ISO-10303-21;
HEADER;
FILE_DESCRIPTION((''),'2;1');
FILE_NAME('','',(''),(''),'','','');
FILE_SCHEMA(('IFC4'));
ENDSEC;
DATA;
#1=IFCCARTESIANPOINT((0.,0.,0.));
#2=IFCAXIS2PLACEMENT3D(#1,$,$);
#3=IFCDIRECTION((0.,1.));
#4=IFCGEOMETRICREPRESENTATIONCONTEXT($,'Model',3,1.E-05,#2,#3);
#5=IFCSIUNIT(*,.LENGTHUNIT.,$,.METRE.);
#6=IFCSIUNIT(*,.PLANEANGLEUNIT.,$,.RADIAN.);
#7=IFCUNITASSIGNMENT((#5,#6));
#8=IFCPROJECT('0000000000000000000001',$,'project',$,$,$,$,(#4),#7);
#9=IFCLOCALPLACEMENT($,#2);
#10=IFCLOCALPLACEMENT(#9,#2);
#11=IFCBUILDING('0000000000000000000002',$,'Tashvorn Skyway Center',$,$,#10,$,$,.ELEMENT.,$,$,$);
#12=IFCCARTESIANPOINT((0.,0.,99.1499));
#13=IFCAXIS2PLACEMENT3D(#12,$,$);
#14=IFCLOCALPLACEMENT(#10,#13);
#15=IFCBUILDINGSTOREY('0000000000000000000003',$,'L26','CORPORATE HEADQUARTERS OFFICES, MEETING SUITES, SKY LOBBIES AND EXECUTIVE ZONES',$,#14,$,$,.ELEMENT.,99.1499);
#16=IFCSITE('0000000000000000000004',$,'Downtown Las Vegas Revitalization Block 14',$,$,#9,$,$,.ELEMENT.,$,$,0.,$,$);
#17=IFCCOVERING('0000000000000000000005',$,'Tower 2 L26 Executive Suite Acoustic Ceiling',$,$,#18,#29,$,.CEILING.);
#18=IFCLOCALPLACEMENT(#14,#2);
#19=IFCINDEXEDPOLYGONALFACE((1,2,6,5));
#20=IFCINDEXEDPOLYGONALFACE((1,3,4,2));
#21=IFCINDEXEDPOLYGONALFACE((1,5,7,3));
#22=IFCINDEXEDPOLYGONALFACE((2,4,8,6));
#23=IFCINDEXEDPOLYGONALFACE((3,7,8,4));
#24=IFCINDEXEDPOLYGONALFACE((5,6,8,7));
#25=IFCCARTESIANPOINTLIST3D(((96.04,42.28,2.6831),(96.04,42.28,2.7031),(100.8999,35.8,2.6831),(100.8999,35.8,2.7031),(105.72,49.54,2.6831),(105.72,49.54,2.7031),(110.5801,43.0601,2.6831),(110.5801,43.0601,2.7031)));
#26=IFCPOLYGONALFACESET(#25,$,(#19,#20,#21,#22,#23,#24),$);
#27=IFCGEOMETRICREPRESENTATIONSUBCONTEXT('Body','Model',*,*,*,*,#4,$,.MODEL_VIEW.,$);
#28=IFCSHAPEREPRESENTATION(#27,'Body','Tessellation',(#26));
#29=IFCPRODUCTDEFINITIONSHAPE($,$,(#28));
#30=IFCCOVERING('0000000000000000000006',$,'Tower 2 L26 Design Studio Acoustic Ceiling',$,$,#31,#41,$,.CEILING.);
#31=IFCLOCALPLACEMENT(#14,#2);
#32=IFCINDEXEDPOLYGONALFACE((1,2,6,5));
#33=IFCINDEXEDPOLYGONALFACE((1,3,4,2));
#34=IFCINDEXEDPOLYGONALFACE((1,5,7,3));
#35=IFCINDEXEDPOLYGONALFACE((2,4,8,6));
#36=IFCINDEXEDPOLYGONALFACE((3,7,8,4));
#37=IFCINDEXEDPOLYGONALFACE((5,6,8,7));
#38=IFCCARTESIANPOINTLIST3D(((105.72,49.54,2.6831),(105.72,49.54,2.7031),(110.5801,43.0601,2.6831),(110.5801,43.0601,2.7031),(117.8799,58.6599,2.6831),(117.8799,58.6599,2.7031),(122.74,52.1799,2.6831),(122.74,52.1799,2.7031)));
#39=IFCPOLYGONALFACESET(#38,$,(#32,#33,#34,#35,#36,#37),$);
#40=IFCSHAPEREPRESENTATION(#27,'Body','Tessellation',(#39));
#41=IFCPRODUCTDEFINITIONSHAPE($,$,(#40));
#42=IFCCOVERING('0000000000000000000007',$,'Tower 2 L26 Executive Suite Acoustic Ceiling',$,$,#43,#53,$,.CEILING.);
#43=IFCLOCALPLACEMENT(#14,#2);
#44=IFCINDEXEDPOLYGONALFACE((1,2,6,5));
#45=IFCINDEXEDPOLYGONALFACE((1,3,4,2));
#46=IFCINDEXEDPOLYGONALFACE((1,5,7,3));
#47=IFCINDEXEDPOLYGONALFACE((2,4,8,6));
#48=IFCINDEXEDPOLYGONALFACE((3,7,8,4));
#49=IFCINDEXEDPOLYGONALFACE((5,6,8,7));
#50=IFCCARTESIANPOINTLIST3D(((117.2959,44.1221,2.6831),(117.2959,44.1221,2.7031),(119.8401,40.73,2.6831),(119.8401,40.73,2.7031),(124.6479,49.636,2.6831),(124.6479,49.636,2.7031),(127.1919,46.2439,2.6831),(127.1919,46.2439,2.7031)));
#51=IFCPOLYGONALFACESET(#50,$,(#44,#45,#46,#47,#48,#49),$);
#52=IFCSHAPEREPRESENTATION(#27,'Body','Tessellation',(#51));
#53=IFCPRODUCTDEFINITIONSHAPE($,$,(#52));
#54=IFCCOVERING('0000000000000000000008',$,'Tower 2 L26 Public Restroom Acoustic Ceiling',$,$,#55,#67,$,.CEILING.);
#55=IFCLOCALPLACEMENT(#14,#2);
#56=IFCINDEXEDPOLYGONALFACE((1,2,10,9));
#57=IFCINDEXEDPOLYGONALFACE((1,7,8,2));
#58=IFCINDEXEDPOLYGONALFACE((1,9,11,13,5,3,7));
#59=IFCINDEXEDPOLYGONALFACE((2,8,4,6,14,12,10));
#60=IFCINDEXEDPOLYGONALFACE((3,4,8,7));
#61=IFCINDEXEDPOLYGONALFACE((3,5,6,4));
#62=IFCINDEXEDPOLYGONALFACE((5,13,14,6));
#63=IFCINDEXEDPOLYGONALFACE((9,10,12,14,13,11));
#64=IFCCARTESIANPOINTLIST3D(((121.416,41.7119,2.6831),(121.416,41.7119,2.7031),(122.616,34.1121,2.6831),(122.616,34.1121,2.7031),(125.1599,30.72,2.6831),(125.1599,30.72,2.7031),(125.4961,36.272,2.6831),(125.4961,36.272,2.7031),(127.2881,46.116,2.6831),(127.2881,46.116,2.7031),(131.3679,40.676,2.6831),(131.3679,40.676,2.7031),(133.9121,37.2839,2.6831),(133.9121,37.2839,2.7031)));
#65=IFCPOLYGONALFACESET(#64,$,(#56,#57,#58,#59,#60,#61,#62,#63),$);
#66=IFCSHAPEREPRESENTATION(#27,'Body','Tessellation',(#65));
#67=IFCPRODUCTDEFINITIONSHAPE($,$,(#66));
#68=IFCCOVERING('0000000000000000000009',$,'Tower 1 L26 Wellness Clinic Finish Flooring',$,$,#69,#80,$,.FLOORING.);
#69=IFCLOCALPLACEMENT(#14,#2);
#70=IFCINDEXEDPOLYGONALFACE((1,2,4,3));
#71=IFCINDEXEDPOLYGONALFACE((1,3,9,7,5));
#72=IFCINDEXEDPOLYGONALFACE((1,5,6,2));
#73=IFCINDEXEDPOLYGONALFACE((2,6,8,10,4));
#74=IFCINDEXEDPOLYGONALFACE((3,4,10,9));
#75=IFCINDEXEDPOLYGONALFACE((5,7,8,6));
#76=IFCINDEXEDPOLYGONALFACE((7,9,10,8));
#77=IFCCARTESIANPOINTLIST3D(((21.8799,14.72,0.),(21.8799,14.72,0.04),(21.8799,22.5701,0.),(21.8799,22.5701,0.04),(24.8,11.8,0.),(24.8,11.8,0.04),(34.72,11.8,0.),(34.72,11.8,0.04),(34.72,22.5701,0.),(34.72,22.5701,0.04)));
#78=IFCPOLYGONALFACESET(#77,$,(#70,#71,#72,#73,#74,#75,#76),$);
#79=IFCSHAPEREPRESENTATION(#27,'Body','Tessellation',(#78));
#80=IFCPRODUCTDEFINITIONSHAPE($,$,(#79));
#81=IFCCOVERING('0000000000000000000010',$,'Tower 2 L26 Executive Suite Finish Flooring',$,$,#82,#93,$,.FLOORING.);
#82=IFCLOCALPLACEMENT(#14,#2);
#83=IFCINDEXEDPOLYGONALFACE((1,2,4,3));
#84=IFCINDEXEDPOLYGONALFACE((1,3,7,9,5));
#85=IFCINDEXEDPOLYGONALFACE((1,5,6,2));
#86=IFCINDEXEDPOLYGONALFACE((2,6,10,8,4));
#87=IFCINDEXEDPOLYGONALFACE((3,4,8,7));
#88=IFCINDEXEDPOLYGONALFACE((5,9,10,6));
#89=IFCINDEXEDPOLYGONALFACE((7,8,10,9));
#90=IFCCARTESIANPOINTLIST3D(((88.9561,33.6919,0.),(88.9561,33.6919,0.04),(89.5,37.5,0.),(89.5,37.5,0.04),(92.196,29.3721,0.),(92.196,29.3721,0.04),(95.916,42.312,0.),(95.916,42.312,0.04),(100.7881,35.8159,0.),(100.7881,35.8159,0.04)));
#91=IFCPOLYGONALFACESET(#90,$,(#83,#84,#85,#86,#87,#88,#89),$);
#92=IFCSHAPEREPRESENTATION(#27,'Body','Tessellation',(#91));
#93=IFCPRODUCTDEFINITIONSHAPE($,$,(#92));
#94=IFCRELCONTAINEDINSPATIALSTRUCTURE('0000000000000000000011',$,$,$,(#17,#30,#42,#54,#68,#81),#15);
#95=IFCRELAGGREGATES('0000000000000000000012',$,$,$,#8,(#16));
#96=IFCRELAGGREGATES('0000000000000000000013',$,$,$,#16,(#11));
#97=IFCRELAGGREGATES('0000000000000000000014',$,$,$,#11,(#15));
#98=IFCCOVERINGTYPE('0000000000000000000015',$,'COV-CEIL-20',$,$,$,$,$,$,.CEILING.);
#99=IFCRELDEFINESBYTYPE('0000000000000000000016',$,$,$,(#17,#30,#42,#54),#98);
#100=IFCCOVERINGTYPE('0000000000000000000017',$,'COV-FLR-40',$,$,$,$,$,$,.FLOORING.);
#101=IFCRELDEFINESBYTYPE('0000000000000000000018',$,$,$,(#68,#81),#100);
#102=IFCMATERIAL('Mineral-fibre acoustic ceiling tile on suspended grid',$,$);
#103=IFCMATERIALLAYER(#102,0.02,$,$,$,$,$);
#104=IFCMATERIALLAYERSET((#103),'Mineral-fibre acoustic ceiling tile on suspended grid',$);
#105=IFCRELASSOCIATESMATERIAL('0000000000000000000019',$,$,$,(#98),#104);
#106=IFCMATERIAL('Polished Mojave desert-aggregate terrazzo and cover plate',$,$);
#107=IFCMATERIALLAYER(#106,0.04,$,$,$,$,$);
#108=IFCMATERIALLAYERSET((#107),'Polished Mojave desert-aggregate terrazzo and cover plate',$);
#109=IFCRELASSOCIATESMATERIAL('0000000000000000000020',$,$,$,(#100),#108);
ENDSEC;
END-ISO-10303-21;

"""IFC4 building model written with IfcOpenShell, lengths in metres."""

from ifc_helpers import new_model, si_unit, direction, frame, origin, place, context, subcontext, project, spatial, polyline, outline, extrude, material, layer, layer_set, type_object, element, save


model = new_model("IFC4")

# Units and contexts
model_context = context("Model", 3, precision=1e-05, world=origin(), true_north=direction((0.0, 1.0)))
body_context = subcontext(model_context, "Body", "Model", "MODEL_VIEW")
ifc_project = project(units=[si_unit("LENGTHUNIT", "METRE"), si_unit("PLANEANGLEUNIT", "RADIAN")], contexts=[model_context])

# Site, building, storey
site_placement = place(None, origin())
site = spatial("IfcSite", under=ifc_project, at=site_placement, Name="Downtown Las Vegas Revitalization Block 14", CompositionType="ELEMENT", RefElevation=0.0)
building_placement = place(site_placement, origin())
building = spatial("IfcBuilding", under=site, at=building_placement, Name="Tashvorn Skyway Center", CompositionType="ELEMENT")
storey_placement = place(building_placement, frame((0.0, 0.0, 99.1499)))
storey = spatial("IfcBuildingStorey", under=building, at=storey_placement, Name="L26", Description="CORPORATE HEADQUARTERS OFFICES, MEETING SUITES, SKY LOBBIES AND EXECUTIVE ZONES", CompositionType="ELEMENT", Elevation=99.1499)

# Coverings
ifc_material_1 = material(Name="Mineral-fibre acoustic ceiling tile on suspended grid")
ifc_layer_1 = layer(ifc_material_1, 0.02)
ifc_layer_set_1 = layer_set([ifc_layer_1], Name="Mineral-fibre acoustic ceiling tile on suspended grid")
covering_type_1 = type_object("IfcCoveringType", Name="COV-CEIL-20", PredefinedType="CEILING", material=ifc_layer_set_1)
covering_1_placement = place(storey_placement, frame((0.0, 0.0, 2.6831)))
element("IfcCovering", 1, at=covering_1_placement, inside=storey, type_object=covering_type_1, Name="Tower 2 L26 Executive Suite Acoustic Ceiling", PredefinedType="CEILING", context=body_context, shape_type="SweptSolid", body=[
    extrude(outline(polyline([(100.8999, 35.8), (110.5801, 43.0601), (105.72, 49.54), (96.04, 42.28), (100.8999, 35.8)])), origin(), (0.0, 0.0, 1.0), 0.02),
])
covering_2_placement = place(storey_placement, frame((0.0, 0.0, 2.6831)))
element("IfcCovering", 2, at=covering_2_placement, inside=storey, type_object=covering_type_1, Name="Tower 2 L26 Design Studio Acoustic Ceiling", PredefinedType="CEILING", context=body_context, shape_type="SweptSolid", body=[
    extrude(outline(polyline([(110.5801, 43.0601), (122.74, 52.1799), (117.8799, 58.6599), (105.72, 49.54), (110.5801, 43.0601)])), origin(), (0.0, 0.0, 1.0), 0.02),
])
covering_3_placement = place(storey_placement, frame((0.0, 0.0, 2.6831)))
element("IfcCovering", 3, at=covering_3_placement, inside=storey, type_object=covering_type_1, Name="Tower 2 L26 Executive Suite Acoustic Ceiling", PredefinedType="CEILING", context=body_context, shape_type="SweptSolid", body=[
    extrude(outline(polyline([(119.8401, 40.73), (117.2959, 44.1221), (124.6479, 49.636), (127.1919, 46.2439), (119.8401, 40.73)])), origin(), (0.0, 0.0, 1.0), 0.02),
])
covering_4_placement = place(storey_placement, frame((0.0, 0.0, 2.6831)))
element("IfcCovering", 4, at=covering_4_placement, inside=storey, type_object=covering_type_1, Name="Tower 2 L26 Public Restroom Acoustic Ceiling", PredefinedType="CEILING", context=body_context, shape_type="SweptSolid", body=[
    extrude(outline(polyline([(125.1599, 30.72), (122.616, 34.1121), (125.4961, 36.272), (121.416, 41.7119), (127.2881, 46.116), (131.3679, 40.676), (133.9121, 37.2839), (125.1599, 30.72)])), origin(), (0.0, 0.0, 1.0), 0.02),
])
ifc_material_2 = material(Name="Polished Mojave desert-aggregate terrazzo and cover plate")
ifc_layer_2 = layer(ifc_material_2, 0.04)
ifc_layer_set_2 = layer_set([ifc_layer_2], Name="Polished Mojave desert-aggregate terrazzo and cover plate")
covering_type_2 = type_object("IfcCoveringType", Name="COV-FLR-40", PredefinedType="FLOORING", material=ifc_layer_set_2)
covering_5_placement = place(storey_placement, origin())
element("IfcCovering", 5, at=covering_5_placement, inside=storey, type_object=covering_type_2, Name="Tower 1 L26 Wellness Clinic Finish Flooring", PredefinedType="FLOORING", context=body_context, shape_type="SweptSolid", body=[
    extrude(outline(polyline([(24.8, 11.8), (21.8799, 14.72), (21.8799, 22.5701), (34.72, 22.5701), (34.72, 11.8), (24.8, 11.8)])), origin(), (0.0, 0.0, 1.0), 0.04),
])
covering_6_placement = place(storey_placement, origin())
element("IfcCovering", 6, at=covering_6_placement, inside=storey, type_object=covering_type_2, Name="Tower 2 L26 Executive Suite Finish Flooring", PredefinedType="FLOORING", context=body_context, shape_type="SweptSolid", body=[
    extrude(outline(polyline([(100.7881, 35.8159), (92.196, 29.3721), (88.9561, 33.6919), (89.5, 37.5), (95.916, 42.312), (100.7881, 35.8159)])), origin(), (0.0, 0.0, 1.0), 0.04),
])

save(model, "model.ifc")
